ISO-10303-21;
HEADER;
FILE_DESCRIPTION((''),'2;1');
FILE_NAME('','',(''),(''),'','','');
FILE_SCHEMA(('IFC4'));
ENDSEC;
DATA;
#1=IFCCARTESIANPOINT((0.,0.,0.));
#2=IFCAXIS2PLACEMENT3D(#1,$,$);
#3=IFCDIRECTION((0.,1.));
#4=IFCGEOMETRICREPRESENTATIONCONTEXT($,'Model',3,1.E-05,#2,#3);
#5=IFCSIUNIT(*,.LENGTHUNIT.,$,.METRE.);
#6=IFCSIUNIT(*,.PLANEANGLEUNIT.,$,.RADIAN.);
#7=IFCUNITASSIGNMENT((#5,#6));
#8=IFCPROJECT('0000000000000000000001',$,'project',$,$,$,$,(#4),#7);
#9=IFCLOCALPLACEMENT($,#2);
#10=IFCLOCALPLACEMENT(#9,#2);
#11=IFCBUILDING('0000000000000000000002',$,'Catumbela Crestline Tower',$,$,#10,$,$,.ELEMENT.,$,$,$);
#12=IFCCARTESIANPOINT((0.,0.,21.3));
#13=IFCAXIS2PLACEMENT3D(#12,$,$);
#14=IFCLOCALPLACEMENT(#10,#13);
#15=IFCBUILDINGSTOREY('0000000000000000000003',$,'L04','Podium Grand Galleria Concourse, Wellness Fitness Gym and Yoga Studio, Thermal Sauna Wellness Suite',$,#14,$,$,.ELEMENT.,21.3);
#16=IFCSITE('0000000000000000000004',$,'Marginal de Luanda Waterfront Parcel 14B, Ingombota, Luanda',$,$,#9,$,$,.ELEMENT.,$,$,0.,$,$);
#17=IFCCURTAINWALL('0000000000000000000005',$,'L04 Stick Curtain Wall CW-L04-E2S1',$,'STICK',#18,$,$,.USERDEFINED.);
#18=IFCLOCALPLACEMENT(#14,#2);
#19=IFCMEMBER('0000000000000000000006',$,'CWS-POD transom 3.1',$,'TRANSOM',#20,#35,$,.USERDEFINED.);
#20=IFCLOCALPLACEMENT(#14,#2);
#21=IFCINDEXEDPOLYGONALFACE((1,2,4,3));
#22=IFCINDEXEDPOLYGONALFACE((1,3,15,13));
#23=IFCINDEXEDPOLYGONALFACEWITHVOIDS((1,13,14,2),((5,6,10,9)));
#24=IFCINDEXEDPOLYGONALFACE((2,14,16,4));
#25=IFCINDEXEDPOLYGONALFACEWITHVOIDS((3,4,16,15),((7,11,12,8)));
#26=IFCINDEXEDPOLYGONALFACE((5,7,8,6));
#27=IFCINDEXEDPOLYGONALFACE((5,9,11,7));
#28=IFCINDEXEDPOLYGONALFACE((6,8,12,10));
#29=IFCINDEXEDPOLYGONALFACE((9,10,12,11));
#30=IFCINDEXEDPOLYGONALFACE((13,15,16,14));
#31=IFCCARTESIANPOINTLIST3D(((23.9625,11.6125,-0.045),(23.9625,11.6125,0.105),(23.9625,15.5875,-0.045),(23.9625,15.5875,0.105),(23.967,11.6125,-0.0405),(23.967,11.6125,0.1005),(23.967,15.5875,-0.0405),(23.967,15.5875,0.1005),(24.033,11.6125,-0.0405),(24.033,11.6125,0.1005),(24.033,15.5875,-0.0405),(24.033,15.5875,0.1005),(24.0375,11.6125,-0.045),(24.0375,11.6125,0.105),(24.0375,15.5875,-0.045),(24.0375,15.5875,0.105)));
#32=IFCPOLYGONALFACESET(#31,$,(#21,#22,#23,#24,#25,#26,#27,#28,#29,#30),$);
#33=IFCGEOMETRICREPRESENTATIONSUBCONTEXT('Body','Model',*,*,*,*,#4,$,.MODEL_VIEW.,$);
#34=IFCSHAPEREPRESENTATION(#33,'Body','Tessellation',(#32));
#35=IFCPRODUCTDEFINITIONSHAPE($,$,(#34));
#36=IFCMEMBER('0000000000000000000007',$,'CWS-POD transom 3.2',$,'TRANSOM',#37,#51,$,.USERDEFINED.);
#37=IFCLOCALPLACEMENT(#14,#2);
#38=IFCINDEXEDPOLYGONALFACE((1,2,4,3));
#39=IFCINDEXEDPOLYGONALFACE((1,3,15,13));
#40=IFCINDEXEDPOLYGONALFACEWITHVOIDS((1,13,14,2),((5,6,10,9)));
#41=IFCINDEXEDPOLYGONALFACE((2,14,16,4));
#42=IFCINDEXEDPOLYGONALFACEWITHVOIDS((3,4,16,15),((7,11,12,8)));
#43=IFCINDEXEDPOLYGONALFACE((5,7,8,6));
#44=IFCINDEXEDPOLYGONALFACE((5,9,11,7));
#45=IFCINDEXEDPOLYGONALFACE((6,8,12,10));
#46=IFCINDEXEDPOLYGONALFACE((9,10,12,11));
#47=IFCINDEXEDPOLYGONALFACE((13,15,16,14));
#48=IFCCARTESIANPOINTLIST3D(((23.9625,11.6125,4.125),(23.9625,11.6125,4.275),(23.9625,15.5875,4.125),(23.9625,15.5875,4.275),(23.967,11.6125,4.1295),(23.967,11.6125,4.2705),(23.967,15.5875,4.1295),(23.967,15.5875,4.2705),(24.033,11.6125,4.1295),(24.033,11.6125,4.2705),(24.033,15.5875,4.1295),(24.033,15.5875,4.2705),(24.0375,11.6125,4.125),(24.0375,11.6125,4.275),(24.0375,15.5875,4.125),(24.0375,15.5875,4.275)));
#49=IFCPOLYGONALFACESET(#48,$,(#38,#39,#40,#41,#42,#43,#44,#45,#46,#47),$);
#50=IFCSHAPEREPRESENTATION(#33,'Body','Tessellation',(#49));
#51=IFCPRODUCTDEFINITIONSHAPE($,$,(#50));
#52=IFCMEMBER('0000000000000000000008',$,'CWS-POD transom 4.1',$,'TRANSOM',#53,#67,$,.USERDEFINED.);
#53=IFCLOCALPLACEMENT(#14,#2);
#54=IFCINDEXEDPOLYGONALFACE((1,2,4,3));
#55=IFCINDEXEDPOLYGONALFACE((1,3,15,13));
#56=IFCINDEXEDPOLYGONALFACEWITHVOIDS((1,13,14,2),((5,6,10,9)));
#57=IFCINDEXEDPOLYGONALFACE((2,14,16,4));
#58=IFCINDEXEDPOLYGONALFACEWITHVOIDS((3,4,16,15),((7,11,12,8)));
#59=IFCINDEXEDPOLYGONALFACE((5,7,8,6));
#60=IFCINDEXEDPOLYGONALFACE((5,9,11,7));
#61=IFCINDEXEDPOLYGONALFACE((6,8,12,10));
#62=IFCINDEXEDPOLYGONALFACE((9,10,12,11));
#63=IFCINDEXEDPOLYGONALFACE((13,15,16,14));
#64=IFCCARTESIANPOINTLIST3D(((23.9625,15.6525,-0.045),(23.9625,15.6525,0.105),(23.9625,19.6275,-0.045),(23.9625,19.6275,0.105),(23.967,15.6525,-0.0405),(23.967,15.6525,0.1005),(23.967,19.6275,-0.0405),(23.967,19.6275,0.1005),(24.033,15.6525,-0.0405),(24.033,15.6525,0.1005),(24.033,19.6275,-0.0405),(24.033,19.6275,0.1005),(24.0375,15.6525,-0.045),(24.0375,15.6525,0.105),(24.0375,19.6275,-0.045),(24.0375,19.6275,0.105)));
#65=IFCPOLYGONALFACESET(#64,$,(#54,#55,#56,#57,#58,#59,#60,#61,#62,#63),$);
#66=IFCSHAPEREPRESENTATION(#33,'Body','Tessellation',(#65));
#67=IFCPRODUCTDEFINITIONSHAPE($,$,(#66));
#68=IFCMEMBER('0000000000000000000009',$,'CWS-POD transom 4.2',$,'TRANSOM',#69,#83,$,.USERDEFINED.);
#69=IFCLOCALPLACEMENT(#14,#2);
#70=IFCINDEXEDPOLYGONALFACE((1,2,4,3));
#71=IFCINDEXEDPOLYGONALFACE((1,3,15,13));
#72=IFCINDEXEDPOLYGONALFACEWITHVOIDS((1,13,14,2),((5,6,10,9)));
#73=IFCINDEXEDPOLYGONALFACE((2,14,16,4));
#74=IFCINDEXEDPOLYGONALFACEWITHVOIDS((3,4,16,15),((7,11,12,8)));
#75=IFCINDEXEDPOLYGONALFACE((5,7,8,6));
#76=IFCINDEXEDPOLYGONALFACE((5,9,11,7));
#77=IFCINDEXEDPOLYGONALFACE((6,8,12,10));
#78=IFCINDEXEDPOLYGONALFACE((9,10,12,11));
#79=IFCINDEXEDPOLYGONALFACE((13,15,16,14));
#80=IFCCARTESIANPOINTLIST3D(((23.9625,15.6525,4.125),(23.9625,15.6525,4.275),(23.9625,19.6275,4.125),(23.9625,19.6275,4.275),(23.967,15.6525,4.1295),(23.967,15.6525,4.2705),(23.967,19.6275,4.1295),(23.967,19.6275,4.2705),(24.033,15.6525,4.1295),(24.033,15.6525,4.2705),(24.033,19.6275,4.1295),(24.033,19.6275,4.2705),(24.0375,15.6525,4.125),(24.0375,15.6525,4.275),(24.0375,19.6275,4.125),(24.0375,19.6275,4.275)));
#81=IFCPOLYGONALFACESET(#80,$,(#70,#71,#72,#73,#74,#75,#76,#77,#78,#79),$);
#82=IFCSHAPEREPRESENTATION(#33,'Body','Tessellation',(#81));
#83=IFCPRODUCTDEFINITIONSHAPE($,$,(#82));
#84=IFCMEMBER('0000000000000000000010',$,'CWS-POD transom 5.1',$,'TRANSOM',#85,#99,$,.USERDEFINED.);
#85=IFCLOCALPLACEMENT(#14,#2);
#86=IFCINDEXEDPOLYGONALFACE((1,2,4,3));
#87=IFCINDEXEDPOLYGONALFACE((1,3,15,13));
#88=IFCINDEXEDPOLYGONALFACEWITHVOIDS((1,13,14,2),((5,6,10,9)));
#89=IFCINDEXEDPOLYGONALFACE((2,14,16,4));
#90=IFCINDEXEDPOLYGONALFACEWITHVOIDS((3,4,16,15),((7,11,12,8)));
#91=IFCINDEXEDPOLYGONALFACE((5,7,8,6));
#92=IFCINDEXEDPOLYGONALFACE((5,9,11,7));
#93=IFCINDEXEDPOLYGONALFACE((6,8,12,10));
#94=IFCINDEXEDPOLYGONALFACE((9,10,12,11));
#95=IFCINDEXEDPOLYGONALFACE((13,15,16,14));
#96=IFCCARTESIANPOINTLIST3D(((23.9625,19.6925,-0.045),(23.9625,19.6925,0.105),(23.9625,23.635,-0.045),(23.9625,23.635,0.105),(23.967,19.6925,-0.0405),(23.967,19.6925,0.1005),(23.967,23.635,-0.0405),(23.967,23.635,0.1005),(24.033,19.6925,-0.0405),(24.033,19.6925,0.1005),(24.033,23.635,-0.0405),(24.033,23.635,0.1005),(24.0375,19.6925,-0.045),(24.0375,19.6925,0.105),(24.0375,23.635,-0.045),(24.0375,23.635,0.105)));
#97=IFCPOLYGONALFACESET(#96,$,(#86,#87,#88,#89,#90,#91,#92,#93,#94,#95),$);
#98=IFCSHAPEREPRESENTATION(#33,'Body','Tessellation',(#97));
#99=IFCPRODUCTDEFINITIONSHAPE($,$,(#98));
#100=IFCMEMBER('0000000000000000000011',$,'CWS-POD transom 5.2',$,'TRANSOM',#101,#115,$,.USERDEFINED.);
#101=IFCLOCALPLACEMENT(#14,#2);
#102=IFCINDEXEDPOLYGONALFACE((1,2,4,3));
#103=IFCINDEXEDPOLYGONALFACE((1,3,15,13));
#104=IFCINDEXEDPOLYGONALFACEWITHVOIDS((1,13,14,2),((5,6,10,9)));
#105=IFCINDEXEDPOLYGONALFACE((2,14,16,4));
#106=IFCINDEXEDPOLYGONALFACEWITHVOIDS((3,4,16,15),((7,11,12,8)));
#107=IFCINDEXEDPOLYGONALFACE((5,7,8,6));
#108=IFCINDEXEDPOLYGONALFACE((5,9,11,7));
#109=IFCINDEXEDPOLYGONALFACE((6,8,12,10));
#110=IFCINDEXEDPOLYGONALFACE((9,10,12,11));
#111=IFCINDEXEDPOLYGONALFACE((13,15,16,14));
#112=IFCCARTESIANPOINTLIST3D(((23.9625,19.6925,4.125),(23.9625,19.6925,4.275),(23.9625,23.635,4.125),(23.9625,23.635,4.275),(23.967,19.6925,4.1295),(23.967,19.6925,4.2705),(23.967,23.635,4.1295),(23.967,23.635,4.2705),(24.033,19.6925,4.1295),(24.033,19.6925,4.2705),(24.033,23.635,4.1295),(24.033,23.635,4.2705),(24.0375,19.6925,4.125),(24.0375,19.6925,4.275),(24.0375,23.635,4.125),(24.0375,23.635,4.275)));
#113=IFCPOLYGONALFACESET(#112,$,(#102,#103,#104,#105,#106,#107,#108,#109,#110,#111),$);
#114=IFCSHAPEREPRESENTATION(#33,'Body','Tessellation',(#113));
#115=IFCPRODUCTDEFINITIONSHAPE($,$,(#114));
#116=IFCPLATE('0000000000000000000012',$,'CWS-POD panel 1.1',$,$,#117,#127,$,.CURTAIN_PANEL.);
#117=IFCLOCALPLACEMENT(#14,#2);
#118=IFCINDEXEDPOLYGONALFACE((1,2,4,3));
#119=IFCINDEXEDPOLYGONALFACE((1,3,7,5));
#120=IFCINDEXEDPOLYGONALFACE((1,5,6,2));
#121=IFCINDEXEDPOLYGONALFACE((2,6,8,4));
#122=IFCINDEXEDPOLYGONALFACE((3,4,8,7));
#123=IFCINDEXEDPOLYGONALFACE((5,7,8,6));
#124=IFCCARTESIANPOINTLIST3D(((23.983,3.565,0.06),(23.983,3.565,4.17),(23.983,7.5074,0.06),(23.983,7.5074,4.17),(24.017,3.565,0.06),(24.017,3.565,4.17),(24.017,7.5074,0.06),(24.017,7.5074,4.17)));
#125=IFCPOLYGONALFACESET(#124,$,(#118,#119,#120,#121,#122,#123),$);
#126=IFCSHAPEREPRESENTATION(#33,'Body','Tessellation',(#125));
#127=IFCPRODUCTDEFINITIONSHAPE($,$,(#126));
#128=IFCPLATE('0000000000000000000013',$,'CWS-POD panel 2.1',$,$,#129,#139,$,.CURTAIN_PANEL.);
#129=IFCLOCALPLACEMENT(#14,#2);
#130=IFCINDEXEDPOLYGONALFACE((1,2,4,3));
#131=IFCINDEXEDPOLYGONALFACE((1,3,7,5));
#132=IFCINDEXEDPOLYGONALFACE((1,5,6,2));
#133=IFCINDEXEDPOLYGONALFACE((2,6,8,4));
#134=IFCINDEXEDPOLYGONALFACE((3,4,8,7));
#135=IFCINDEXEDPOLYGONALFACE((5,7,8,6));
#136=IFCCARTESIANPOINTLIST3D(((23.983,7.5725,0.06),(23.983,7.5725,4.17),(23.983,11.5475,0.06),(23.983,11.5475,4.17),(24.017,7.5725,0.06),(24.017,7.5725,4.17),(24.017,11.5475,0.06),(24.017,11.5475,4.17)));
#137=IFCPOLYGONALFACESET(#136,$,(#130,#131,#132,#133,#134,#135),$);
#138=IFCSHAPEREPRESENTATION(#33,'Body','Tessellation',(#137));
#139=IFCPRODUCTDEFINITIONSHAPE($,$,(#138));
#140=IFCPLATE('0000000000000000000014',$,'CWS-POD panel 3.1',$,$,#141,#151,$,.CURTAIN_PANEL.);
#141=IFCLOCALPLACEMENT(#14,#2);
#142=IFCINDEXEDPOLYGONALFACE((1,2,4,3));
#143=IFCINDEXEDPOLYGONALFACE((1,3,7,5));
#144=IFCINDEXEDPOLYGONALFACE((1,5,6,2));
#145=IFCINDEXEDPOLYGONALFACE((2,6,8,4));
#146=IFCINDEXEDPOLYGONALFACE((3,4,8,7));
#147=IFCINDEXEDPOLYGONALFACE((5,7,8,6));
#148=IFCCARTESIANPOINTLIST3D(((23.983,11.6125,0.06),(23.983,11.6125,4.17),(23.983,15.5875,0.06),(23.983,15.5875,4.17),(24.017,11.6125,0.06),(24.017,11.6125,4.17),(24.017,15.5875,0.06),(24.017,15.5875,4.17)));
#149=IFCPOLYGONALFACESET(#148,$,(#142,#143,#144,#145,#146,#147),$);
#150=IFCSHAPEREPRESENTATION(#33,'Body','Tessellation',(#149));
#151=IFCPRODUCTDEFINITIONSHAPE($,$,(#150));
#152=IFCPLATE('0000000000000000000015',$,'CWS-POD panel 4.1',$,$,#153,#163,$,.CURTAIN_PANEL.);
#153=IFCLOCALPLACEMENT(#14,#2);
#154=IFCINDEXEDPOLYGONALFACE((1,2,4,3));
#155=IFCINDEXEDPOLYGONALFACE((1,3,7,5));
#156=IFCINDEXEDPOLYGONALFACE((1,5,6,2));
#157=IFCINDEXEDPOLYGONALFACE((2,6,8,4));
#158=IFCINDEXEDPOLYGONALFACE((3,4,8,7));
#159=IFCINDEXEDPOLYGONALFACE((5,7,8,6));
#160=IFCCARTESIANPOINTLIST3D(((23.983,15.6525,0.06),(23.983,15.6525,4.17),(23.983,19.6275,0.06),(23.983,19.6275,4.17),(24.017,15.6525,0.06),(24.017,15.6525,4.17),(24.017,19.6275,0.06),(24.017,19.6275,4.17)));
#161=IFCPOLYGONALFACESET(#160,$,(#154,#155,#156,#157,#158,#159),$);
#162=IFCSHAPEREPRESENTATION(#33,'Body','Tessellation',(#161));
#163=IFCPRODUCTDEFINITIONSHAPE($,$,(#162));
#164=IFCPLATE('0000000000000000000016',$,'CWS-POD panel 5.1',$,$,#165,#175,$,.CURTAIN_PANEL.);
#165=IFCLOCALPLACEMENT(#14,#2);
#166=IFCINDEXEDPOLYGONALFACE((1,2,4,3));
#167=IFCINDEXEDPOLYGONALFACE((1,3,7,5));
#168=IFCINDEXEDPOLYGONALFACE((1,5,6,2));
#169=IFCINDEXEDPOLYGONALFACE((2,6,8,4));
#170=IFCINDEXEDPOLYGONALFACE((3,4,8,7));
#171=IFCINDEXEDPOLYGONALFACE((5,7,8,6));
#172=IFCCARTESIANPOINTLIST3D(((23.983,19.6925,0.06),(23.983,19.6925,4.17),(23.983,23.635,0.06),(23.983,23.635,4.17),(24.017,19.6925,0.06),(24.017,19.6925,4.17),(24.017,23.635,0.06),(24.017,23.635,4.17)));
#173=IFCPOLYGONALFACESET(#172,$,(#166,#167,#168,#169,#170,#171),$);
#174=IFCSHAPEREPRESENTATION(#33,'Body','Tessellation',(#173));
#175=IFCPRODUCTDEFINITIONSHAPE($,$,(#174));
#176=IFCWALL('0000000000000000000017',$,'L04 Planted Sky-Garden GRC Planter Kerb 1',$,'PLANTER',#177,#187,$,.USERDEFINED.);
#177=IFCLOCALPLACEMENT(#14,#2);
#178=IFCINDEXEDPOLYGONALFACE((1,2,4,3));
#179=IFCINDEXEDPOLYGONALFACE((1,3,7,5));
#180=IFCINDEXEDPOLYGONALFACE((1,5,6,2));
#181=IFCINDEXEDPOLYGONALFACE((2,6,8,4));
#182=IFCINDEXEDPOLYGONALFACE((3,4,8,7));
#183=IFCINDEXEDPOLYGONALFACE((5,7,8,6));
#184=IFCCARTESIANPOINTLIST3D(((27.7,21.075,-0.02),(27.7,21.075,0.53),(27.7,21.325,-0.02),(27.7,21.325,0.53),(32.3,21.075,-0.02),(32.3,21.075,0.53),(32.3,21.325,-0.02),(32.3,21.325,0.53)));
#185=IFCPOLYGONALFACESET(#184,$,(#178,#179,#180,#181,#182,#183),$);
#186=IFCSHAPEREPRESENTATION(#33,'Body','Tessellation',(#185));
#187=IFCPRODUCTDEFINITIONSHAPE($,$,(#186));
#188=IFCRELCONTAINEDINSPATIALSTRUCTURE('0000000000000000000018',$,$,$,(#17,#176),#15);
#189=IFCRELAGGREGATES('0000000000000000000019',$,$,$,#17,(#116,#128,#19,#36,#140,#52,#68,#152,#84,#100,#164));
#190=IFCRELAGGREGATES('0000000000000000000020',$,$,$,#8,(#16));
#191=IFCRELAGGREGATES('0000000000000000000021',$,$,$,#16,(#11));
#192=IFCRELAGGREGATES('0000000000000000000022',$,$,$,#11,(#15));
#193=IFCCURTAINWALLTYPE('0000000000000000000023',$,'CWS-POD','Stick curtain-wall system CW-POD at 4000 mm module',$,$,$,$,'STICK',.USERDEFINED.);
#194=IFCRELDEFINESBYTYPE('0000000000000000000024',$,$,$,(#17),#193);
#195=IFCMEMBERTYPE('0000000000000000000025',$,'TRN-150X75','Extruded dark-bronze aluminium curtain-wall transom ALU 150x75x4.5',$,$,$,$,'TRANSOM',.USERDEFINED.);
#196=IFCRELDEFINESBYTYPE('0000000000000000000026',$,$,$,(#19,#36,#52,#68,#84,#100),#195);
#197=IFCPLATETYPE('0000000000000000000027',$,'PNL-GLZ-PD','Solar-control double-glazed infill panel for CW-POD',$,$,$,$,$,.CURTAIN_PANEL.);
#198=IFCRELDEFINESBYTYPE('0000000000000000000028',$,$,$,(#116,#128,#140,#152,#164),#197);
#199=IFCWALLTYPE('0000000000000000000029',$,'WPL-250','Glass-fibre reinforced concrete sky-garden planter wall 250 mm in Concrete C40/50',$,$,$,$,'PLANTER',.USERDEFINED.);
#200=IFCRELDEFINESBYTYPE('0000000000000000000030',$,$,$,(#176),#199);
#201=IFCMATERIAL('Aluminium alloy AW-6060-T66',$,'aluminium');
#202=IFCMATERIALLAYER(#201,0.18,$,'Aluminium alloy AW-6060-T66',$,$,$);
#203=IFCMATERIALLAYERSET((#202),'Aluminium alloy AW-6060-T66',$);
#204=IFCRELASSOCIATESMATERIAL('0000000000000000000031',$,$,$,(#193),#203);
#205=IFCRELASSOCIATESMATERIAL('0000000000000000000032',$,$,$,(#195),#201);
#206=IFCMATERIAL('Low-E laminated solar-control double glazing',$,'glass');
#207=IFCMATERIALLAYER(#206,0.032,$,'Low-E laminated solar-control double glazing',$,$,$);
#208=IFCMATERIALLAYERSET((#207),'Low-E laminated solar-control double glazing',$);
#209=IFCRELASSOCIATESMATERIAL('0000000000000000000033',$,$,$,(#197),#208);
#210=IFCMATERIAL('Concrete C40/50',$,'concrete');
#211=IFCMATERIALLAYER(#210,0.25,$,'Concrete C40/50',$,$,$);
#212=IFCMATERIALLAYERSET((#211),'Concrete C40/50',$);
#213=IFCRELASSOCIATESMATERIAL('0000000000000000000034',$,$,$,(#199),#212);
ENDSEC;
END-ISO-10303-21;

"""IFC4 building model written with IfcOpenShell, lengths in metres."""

from ifc_helpers import new_model, si_unit, direction, frame, frame_2d, origin, origin_2d, place, context, subcontext, project, spatial, rectangle, hollow_rectangle, extrude, material, layer, layer_set, material_profile, profile_set, type_object, element, aggregate, save


model = new_model("IFC4")

# Units and contexts
model_context = context("Model", 3, precision=1e-05, world=origin(), true_north=direction((0.0, 1.0)))
body_context = subcontext(model_context, "Body", "Model", "MODEL_VIEW")
ifc_project = project(units=[si_unit("LENGTHUNIT", "METRE"), si_unit("PLANEANGLEUNIT", "RADIAN")], contexts=[model_context])

# Site, building, storey
site_placement = place(None, origin())
site = spatial("IfcSite", under=ifc_project, at=site_placement, Name="Marginal de Luanda Waterfront Parcel 14B, Ingombota, Luanda", CompositionType="ELEMENT", RefElevation=0.0)
building_placement = place(site_placement, origin())
building = spatial("IfcBuilding", under=site, at=building_placement, Name="Catumbela Crestline Tower", CompositionType="ELEMENT")
storey_placement = place(building_placement, frame((0.0, 0.0, 21.3)))
storey = spatial("IfcBuildingStorey", under=building, at=storey_placement, Name="L04", Description="Podium Grand Galleria Concourse, Wellness Fitness Gym and Yoga Studio, Thermal Sauna Wellness Suite", CompositionType="ELEMENT", Elevation=21.3)

# Curtain wall, members, plates
ifc_material_1 = material(Name="Aluminium alloy AW-6060-T66", Category="aluminium")
ifc_layer_1 = layer(ifc_material_1, 0.18, Name="Aluminium alloy AW-6060-T66")
ifc_layer_set_1 = layer_set([ifc_layer_1], Name="Aluminium alloy AW-6060-T66")
curtain_wall_type = type_object("IfcCurtainWallType", Name="CWS-POD", Description="Stick curtain-wall system CW-POD at 4000 mm module", ElementType="STICK", PredefinedType="USERDEFINED", material=ifc_layer_set_1)
curtain_wall_placement = place(storey_placement, origin())
curtain_wall = element("IfcCurtainWall", 1, at=curtain_wall_placement, inside=storey, type_object=curtain_wall_type, Name="L04 Stick Curtain Wall CW-L04-E2S1", ObjectType="STICK", PredefinedType="USERDEFINED")
ifc_material_profile_1 = material_profile(ifc_material_1, hollow_rectangle(XDim=0.075, YDim=0.15, WallThickness=0.0045, at=origin_2d()), Name="ALU 150x75x4.5")
ifc_profile_set_1 = profile_set([ifc_material_profile_1], Name="Aluminium alloy AW-6060-T66")
member_type_1 = type_object("IfcMemberType", Name="TRN-150X75", Description="Extruded dark-bronze aluminium curtain-wall transom ALU 150x75x4.5", ElementType="TRANSOM", PredefinedType="USERDEFINED", material=ifc_profile_set_1)
member_1_placement = place(storey_placement, frame((24.0, 11.6125, 0.03), z_axis=(0.0, 1.0, 0.0), x_axis=(-1.0, 0.0, 0.0)))
member_1 = element("IfcMember", 2, at=member_1_placement, type_object=member_type_1, Name="CWS-POD transom 3.1", ObjectType="TRANSOM", PredefinedType="USERDEFINED", context=body_context, shape_type="SweptSolid", body=[
    extrude(hollow_rectangle(XDim=0.075, YDim=0.15, WallThickness=0.0045, at=origin_2d()), origin(), (0.0, 0.0, 1.0), 3.975),
])
member_2_placement = place(storey_placement, frame((24.0, 11.6125, 4.2), z_axis=(0.0, 1.0, 0.0), x_axis=(-1.0, 0.0, 0.0)))
member_2 = element("IfcMember", 3, at=member_2_placement, type_object=member_type_1, Name="CWS-POD transom 3.2", ObjectType="TRANSOM", PredefinedType="USERDEFINED", context=body_context, shape_type="SweptSolid", body=[
    extrude(hollow_rectangle(XDim=0.075, YDim=0.15, WallThickness=0.0045, at=origin_2d()), origin(), (0.0, 0.0, 1.0), 3.975),
])
member_3_placement = place(storey_placement, frame((24.0, 15.6525, 0.03), z_axis=(0.0, 1.0, 0.0), x_axis=(-1.0, 0.0, 0.0)))
member_3 = element("IfcMember", 4, at=member_3_placement, type_object=member_type_1, Name="CWS-POD transom 4.1", ObjectType="TRANSOM", PredefinedType="USERDEFINED", context=body_context, shape_type="SweptSolid", body=[
    extrude(hollow_rectangle(XDim=0.075, YDim=0.15, WallThickness=0.0045, at=origin_2d()), origin(), (0.0, 0.0, 1.0), 3.975),
])
member_4_placement = place(storey_placement, frame((24.0, 15.6525, 4.2), z_axis=(0.0, 1.0, 0.0), x_axis=(-1.0, 0.0, 0.0)))
member_4 = element("IfcMember", 5, at=member_4_placement, type_object=member_type_1, Name="CWS-POD transom 4.2", ObjectType="TRANSOM", PredefinedType="USERDEFINED", context=body_context, shape_type="SweptSolid", body=[
    extrude(hollow_rectangle(XDim=0.075, YDim=0.15, WallThickness=0.0045, at=origin_2d()), origin(), (0.0, 0.0, 1.0), 3.975),
])
member_5_placement = place(storey_placement, frame((24.0, 19.6925, 0.03), z_axis=(0.0, 1.0, 0.0), x_axis=(-1.0, 0.0, 0.0)))
member_5 = element("IfcMember", 6, at=member_5_placement, type_object=member_type_1, Name="CWS-POD transom 5.1", ObjectType="TRANSOM", PredefinedType="USERDEFINED", context=body_context, shape_type="SweptSolid", body=[
    extrude(hollow_rectangle(XDim=0.075, YDim=0.15, WallThickness=0.0045, at=origin_2d()), origin(), (0.0, 0.0, 1.0), 3.9425),
])
member_6_placement = place(storey_placement, frame((24.0, 19.6925, 4.2), z_axis=(0.0, 1.0, 0.0), x_axis=(-1.0, 0.0, 0.0)))
member_6 = element("IfcMember", 7, at=member_6_placement, type_object=member_type_1, Name="CWS-POD transom 5.2", ObjectType="TRANSOM", PredefinedType="USERDEFINED", context=body_context, shape_type="SweptSolid", body=[
    extrude(hollow_rectangle(XDim=0.075, YDim=0.15, WallThickness=0.0045, at=origin_2d()), origin(), (0.0, 0.0, 1.0), 3.9425),
])
ifc_material_2 = material(Name="Low-E laminated solar-control double glazing", Category="glass")
ifc_layer_2 = layer(ifc_material_2, 0.032, Name="Low-E laminated solar-control double glazing")
ifc_layer_set_2 = layer_set([ifc_layer_2], Name="Low-E laminated solar-control double glazing")
plate_type = type_object("IfcPlateType", Name="PNL-GLZ-PD", Description="Solar-control double-glazed infill panel for CW-POD", PredefinedType="CURTAIN_PANEL", material=ifc_layer_set_2)
plate_1_placement = place(storey_placement, frame((24.0, 5.5362, 0.06), z_axis=(0.0, 0.0, 1.0), x_axis=(0.0, 1.0, 0.0)))
plate_1 = element("IfcPlate", 8, at=plate_1_placement, type_object=plate_type, Name="CWS-POD panel 1.1", PredefinedType="CURTAIN_PANEL", context=body_context, shape_type="SweptSolid", body=[
    extrude(rectangle(XDim=3.9425, YDim=0.034, at=origin_2d()), origin(), (0.0, 0.0, 1.0), 4.11),
])
plate_2_placement = place(storey_placement, frame((24.0, 9.56, 0.06), z_axis=(0.0, 0.0, 1.0), x_axis=(0.0, 1.0, 0.0)))
plate_2 = element("IfcPlate", 9, at=plate_2_placement, type_object=plate_type, Name="CWS-POD panel 2.1", PredefinedType="CURTAIN_PANEL", context=body_context, shape_type="SweptSolid", body=[
    extrude(rectangle(XDim=3.975, YDim=0.034, at=origin_2d()), origin(), (0.0, 0.0, 1.0), 4.11),
])
plate_3_placement = place(storey_placement, frame((24.0, 13.6, 0.06), z_axis=(0.0, 0.0, 1.0), x_axis=(0.0, 1.0, 0.0)))
plate_3 = element("IfcPlate", 10, at=plate_3_placement, type_object=plate_type, Name="CWS-POD panel 3.1", PredefinedType="CURTAIN_PANEL", context=body_context, shape_type="SweptSolid", body=[
    extrude(rectangle(XDim=3.975, YDim=0.034, at=origin_2d()), origin(), (0.0, 0.0, 1.0), 4.11),
])
plate_4_placement = place(storey_placement, frame((24.0, 17.64, 0.06), z_axis=(0.0, 0.0, 1.0), x_axis=(0.0, 1.0, 0.0)))
plate_4 = element("IfcPlate", 11, at=plate_4_placement, type_object=plate_type, Name="CWS-POD panel 4.1", PredefinedType="CURTAIN_PANEL", context=body_context, shape_type="SweptSolid", body=[
    extrude(rectangle(XDim=3.975, YDim=0.034, at=origin_2d()), origin(), (0.0, 0.0, 1.0), 4.11),
])
plate_5_placement = place(storey_placement, frame((24.0, 21.6638, 0.06), z_axis=(0.0, 0.0, 1.0), x_axis=(0.0, 1.0, 0.0)))
plate_5 = element("IfcPlate", 12, at=plate_5_placement, type_object=plate_type, Name="CWS-POD panel 5.1", PredefinedType="CURTAIN_PANEL", context=body_context, shape_type="SweptSolid", body=[
    extrude(rectangle(XDim=3.9425, YDim=0.034, at=origin_2d()), origin(), (0.0, 0.0, 1.0), 4.11),
])
aggregate(curtain_wall, [plate_1, plate_2, member_1, member_2, plate_3, member_3, member_4, plate_4, member_5, member_6, plate_5])

# Wall
ifc_material_3 = material(Name="Concrete C40/50", Category="concrete")
ifc_layer_3 = layer(ifc_material_3, 0.25, Name="Concrete C40/50")
ifc_layer_set_3 = layer_set([ifc_layer_3], Name="Concrete C40/50")
wall_type = type_object("IfcWallType", Name="WPL-250", Description="Glass-fibre reinforced concrete sky-garden planter wall 250 mm in Concrete C40/50", ElementType="PLANTER", PredefinedType="USERDEFINED", material=ifc_layer_set_3)
wall_placement = place(storey_placement, frame((27.7, 21.2, -0.02), z_axis=(0.0, 0.0, 1.0), x_axis=(1.0, 0.0, 0.0)))
element("IfcWall", 13, at=wall_placement, inside=storey, type_object=wall_type, Name="L04 Planted Sky-Garden GRC Planter Kerb 1", ObjectType="PLANTER", PredefinedType="USERDEFINED", context=body_context, shape_type="SweptSolid", body=[
    extrude(rectangle(XDim=4.6, YDim=0.25, at=frame_2d((2.3, 0.0))), origin(), (0.0, 0.0, 1.0), 0.55),
])

save(model, "model.ifc")
